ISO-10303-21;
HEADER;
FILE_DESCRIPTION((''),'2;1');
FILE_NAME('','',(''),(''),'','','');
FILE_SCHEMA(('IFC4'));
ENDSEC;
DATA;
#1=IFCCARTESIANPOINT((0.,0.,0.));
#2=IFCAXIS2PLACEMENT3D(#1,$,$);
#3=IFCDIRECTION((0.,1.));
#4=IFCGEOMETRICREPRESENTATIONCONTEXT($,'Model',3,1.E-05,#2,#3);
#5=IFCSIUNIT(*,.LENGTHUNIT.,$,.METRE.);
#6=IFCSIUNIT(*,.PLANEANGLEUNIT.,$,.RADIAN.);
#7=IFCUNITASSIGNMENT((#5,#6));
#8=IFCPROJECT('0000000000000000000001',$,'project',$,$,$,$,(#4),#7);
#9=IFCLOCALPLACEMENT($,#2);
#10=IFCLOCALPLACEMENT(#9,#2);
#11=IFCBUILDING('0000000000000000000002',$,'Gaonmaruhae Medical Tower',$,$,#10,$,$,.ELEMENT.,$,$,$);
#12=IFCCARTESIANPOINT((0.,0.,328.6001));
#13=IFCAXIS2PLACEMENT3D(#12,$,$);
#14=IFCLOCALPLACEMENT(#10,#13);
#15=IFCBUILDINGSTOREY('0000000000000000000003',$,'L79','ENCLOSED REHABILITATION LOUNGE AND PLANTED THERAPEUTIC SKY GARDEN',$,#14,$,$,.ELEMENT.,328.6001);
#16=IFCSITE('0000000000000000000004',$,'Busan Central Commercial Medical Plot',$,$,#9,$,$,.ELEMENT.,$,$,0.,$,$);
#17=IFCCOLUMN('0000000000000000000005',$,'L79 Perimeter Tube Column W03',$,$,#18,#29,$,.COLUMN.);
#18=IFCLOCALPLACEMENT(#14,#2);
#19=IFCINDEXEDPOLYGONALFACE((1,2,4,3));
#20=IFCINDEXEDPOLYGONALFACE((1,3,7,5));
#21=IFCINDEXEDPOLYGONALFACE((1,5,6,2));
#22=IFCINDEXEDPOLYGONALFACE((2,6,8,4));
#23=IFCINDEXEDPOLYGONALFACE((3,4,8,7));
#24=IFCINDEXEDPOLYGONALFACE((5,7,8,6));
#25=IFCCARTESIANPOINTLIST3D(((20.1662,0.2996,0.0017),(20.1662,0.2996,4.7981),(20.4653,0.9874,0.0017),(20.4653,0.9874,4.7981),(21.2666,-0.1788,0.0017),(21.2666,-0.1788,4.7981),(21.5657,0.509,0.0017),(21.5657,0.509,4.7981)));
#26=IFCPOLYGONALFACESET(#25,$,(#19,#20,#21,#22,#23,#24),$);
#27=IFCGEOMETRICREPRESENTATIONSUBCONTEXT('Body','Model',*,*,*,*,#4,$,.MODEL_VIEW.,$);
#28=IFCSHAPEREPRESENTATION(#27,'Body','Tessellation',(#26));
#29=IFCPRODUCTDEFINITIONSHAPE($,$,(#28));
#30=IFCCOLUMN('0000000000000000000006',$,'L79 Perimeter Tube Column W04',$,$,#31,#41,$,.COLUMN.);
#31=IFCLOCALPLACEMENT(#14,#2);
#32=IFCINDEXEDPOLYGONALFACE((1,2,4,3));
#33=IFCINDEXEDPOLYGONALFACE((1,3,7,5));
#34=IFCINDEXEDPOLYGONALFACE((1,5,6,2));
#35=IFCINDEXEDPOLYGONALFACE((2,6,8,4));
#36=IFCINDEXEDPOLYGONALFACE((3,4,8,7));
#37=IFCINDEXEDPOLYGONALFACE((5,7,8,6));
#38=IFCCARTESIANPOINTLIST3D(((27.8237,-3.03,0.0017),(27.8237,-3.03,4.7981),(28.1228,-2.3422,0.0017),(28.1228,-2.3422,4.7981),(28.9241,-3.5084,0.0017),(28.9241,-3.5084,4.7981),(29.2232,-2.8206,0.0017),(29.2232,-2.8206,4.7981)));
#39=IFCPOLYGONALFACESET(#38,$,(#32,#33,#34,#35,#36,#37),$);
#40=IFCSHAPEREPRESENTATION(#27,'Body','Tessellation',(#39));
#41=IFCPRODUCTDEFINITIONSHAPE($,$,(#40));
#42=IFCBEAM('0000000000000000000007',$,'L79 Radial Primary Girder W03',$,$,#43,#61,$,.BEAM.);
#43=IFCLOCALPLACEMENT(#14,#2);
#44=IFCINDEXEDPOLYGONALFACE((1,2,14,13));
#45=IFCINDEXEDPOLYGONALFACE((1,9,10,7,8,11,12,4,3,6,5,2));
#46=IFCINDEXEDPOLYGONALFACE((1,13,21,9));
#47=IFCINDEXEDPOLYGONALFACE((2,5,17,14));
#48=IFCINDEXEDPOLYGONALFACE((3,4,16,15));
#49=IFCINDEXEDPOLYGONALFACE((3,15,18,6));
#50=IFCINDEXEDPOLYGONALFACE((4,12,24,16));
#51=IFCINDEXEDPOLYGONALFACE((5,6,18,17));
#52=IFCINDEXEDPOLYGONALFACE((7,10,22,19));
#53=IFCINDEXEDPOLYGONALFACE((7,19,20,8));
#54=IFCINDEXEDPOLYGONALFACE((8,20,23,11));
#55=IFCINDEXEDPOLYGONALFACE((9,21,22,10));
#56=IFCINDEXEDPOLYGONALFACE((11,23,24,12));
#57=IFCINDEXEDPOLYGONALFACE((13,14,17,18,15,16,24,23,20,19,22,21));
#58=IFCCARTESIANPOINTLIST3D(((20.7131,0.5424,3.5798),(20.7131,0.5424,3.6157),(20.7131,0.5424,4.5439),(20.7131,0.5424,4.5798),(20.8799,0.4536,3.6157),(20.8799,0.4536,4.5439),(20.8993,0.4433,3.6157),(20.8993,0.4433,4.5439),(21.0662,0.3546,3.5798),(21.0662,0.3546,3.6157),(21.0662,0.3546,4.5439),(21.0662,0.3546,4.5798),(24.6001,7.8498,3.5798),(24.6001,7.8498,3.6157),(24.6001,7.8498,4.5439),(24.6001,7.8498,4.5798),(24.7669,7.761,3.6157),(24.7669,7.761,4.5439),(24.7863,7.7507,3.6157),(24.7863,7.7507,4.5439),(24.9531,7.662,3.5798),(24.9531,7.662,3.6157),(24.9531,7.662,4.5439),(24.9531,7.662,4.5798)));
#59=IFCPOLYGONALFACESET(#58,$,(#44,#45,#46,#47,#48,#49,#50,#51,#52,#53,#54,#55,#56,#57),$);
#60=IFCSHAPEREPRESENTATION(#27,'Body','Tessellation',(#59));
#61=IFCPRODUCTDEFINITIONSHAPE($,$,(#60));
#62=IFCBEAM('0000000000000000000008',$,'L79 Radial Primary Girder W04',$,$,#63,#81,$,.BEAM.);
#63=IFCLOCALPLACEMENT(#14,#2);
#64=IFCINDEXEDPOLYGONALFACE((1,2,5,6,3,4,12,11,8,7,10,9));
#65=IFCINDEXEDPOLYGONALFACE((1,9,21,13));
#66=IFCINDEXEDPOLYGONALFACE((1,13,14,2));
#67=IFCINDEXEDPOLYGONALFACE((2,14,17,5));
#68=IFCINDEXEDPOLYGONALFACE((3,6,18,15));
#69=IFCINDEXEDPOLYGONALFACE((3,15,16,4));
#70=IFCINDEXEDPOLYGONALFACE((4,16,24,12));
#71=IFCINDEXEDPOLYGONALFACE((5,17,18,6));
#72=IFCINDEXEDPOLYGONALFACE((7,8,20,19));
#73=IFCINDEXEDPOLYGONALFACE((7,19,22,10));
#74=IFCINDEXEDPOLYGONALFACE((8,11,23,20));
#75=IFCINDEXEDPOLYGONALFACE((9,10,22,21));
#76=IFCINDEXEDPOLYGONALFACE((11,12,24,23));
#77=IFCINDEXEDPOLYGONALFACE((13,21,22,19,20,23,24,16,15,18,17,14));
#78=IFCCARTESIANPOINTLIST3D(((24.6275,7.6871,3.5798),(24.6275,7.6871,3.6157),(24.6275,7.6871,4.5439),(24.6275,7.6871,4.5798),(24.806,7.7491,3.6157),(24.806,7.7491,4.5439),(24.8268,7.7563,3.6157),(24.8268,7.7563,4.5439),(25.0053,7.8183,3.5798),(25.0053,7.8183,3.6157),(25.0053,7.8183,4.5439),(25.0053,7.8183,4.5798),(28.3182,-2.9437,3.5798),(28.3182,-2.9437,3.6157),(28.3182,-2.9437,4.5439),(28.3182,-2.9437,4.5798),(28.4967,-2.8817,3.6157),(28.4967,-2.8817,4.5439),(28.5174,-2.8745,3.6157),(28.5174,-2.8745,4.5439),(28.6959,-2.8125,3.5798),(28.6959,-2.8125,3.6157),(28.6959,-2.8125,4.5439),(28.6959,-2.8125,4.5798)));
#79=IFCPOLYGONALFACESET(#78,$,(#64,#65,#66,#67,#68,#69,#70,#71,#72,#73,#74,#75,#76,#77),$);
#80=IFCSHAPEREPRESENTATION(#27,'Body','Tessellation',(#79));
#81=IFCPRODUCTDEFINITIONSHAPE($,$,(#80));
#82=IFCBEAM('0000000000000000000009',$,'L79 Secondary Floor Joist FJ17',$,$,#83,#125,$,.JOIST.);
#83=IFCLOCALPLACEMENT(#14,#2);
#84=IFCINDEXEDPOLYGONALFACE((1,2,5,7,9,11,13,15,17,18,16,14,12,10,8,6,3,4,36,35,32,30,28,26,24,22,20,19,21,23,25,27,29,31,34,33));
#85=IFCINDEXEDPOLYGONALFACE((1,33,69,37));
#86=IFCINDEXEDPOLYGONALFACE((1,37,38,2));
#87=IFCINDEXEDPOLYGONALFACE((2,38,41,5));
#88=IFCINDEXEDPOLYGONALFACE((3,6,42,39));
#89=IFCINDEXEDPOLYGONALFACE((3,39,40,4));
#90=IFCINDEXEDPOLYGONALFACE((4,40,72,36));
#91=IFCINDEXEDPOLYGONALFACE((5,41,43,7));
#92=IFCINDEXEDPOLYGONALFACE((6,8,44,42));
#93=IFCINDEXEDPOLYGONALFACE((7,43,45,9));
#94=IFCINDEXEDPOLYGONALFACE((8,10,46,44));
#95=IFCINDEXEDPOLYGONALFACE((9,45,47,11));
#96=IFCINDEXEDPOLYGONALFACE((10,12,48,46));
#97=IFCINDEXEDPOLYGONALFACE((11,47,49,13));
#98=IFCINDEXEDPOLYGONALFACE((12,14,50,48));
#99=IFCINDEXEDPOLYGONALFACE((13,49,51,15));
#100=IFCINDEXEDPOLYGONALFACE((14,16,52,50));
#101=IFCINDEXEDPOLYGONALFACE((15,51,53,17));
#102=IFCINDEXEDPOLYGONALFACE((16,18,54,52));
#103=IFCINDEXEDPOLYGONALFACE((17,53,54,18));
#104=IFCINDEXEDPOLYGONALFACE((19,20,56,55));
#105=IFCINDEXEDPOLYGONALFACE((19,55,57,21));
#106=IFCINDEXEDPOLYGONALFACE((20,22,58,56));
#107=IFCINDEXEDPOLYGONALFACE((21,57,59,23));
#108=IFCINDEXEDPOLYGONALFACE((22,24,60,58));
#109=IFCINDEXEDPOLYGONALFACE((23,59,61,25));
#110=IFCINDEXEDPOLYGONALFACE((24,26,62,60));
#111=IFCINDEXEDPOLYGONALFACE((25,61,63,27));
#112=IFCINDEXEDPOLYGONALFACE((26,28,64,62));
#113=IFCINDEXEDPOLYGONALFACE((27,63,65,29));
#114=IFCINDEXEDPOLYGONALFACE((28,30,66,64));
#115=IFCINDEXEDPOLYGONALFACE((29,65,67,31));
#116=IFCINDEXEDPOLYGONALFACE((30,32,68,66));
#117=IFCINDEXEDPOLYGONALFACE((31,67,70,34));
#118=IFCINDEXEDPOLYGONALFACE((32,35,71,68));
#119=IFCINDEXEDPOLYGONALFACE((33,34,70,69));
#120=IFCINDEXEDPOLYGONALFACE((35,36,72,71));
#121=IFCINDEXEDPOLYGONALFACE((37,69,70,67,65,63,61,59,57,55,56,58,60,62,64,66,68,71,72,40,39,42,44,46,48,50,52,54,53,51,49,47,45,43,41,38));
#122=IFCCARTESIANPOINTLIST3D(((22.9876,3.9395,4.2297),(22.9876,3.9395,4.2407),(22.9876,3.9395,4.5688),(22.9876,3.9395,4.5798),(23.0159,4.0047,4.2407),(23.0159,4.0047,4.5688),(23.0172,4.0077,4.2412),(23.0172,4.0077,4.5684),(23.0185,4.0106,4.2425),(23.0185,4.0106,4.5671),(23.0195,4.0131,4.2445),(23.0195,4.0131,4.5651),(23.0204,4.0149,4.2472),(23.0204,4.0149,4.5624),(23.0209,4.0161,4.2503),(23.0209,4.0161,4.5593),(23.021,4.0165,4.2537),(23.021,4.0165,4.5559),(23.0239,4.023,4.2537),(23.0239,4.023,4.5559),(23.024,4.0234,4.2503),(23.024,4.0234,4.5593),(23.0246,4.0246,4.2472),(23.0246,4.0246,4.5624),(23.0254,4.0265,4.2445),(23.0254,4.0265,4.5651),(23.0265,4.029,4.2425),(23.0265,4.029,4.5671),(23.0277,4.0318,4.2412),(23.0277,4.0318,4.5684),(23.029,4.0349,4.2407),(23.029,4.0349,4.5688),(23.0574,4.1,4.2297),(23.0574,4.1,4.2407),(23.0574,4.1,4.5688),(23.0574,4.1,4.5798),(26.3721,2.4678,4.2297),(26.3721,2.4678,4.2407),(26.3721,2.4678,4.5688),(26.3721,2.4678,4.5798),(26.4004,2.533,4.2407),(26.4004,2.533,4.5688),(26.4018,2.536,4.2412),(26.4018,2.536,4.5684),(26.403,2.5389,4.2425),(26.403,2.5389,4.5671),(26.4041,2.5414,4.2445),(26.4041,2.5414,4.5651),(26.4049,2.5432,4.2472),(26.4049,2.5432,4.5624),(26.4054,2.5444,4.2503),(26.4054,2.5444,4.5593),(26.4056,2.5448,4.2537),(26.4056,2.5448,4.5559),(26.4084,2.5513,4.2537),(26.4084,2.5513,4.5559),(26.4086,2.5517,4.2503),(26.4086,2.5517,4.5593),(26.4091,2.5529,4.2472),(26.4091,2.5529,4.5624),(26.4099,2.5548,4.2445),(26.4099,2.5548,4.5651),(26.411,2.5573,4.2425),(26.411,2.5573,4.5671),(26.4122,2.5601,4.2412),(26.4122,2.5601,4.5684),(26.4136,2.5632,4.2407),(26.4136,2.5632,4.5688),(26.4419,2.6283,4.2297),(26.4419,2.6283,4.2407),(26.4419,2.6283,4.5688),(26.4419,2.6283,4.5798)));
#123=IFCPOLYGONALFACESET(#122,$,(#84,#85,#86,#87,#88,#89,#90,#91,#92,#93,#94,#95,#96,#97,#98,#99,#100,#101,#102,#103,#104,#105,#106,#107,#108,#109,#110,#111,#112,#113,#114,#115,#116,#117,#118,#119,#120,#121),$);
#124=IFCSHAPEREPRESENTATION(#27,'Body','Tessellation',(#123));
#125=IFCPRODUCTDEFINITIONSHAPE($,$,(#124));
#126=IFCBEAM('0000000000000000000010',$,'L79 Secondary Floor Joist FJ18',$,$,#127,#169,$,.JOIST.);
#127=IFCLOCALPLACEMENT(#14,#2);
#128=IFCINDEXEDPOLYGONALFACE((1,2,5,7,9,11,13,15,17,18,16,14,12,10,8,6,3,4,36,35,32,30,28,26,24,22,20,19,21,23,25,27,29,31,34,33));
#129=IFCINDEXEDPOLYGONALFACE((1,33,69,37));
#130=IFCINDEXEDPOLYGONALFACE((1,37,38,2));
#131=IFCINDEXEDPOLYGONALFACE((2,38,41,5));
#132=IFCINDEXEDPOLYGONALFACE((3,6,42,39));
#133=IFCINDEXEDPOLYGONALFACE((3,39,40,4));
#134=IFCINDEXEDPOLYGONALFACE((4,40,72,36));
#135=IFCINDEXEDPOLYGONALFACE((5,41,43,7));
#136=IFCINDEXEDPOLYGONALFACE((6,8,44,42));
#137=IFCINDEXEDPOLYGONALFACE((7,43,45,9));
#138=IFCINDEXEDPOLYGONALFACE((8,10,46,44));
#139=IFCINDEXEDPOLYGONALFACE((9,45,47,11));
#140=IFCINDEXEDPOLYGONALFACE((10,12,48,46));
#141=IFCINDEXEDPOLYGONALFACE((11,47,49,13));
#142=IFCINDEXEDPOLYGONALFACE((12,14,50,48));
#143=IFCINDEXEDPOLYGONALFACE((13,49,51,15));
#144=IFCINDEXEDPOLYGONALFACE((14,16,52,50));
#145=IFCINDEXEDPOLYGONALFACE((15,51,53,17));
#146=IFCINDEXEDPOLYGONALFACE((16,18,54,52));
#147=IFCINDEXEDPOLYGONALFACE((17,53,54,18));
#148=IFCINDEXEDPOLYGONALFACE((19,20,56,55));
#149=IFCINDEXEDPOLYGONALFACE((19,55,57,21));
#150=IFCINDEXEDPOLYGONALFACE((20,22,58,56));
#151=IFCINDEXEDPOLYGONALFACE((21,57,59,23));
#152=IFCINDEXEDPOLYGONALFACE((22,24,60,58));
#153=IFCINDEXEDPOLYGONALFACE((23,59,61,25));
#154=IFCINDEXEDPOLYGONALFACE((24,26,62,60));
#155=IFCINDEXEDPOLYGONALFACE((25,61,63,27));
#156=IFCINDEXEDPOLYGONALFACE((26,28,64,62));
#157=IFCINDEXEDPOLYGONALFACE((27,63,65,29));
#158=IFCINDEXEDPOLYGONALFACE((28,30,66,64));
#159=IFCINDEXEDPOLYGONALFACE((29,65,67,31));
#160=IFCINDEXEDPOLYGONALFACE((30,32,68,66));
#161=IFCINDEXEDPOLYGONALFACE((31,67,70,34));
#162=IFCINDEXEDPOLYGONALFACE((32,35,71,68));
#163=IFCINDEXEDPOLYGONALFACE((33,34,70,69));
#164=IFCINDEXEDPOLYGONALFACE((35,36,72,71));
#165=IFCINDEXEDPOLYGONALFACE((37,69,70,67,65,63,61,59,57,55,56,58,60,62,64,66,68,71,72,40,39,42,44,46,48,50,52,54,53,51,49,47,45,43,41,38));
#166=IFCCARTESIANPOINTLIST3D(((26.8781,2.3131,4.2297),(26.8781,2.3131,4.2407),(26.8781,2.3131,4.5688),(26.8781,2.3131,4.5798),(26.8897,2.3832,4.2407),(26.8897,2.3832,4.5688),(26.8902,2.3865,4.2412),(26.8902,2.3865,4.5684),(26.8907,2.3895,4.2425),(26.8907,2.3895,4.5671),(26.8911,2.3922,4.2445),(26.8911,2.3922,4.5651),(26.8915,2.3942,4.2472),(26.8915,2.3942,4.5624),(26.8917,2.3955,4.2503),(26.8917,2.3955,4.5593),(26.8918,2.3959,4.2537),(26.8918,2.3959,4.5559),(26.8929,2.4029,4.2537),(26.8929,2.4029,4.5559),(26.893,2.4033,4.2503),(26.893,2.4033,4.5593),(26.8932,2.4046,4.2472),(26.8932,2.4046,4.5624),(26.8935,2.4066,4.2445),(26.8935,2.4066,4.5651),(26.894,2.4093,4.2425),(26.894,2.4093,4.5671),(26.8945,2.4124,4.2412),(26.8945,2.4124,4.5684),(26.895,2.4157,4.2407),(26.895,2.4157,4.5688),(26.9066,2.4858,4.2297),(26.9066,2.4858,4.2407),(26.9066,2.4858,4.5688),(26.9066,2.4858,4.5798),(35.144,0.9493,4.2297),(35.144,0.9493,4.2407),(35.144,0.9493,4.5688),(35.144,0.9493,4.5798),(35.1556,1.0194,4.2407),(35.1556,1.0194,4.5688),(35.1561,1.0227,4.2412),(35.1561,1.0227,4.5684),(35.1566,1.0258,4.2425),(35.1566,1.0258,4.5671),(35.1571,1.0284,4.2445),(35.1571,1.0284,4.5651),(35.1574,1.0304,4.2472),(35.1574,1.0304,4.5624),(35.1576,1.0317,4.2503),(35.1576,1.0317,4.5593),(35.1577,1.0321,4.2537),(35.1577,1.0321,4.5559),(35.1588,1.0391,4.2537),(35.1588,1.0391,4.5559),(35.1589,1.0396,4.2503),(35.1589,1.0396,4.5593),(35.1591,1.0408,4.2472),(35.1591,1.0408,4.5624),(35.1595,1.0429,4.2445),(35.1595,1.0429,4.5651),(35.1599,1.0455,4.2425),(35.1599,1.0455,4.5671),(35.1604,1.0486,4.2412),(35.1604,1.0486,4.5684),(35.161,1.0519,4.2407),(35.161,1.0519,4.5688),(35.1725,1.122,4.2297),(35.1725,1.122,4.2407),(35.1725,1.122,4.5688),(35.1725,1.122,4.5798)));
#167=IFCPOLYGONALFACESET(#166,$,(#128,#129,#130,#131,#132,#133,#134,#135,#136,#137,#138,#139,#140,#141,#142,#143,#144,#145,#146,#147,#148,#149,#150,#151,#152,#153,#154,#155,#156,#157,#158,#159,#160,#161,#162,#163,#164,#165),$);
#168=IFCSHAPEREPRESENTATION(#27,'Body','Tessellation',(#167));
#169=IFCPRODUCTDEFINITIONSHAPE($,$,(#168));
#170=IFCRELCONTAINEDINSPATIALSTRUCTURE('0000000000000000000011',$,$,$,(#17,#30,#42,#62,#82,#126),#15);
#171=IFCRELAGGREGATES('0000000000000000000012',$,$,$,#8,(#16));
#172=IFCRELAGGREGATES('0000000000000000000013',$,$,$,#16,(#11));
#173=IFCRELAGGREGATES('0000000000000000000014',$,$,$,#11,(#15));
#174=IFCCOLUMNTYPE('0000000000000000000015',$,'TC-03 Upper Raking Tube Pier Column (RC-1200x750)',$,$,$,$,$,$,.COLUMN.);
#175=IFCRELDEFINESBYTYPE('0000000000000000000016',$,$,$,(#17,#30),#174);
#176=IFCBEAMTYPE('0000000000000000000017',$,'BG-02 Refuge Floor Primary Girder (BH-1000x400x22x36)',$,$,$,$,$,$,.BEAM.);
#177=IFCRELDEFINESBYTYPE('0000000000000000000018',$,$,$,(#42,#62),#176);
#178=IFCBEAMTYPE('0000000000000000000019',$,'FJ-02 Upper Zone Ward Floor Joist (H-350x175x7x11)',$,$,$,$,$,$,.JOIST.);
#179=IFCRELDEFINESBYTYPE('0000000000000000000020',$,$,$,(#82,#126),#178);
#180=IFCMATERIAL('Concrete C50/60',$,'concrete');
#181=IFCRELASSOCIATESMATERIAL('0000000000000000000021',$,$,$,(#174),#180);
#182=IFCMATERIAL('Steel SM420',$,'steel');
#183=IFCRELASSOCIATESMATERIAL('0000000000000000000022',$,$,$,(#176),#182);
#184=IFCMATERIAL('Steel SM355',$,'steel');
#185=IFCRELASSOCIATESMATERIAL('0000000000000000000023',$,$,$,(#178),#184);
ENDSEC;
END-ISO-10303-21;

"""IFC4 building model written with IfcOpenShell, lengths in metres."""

from ifc_helpers import new_model, si_unit, direction, frame, origin, origin_2d, place, context, subcontext, project, spatial, rectangle, i_section, extrude, material, material_profile, profile_set, type_object, element, save


model = new_model("IFC4")

# Units and contexts
model_context = context("Model", 3, precision=1e-05, world=origin(), true_north=direction((0.0, 1.0)))
body_context = subcontext(model_context, "Body", "Model", "MODEL_VIEW")
ifc_project = project(units=[si_unit("LENGTHUNIT", "METRE"), si_unit("PLANEANGLEUNIT", "RADIAN")], contexts=[model_context])

# Site, building, storey
site_placement = place(None, origin())
site = spatial("IfcSite", under=ifc_project, at=site_placement, Name="Busan Central Commercial Medical Plot", CompositionType="ELEMENT", RefElevation=0.0)
building_placement = place(site_placement, origin())
building = spatial("IfcBuilding", under=site, at=building_placement, Name="Gaonmaruhae Medical Tower", CompositionType="ELEMENT")
storey_placement = place(building_placement, frame((0.0, 0.0, 328.6001)))
storey = spatial("IfcBuildingStorey", under=building, at=storey_placement, Name="L79", Description="ENCLOSED REHABILITATION LOUNGE AND PLANTED THERAPEUTIC SKY GARDEN", CompositionType="ELEMENT", Elevation=328.6001)

# Columns
ifc_material_1 = material(Name="Concrete C50/60", Category="concrete")
ifc_material_profile_1 = material_profile(ifc_material_1, rectangle(XDim=1.2, YDim=0.75, at=origin_2d()), Name="RC-1200x750")
ifc_profile_set_1 = profile_set([ifc_material_profile_1], Name="Concrete C50/60")
column_type = type_object("IfcColumnType", Name="TC-03 Upper Raking Tube Pier Column (RC-1200x750)", PredefinedType="COLUMN", material=ifc_profile_set_1)
for number, where, z_axis, x_axis, name in (
    (1, (20.866, 0.4043, 0.0017), (0.0, 0.0, 1.0), (-0.91706, 0.398749, 0.0), "L79 Perimeter Tube Column W03"),
    (2, (28.5234, -2.9253, 0.0017), (0.0, 0.0, 1.0), (-0.91706, 0.398749, 0.0), "L79 Perimeter Tube Column W04"),
):
    element("IfcColumn", number, at=place(storey_placement, frame(where, z_axis=z_axis, x_axis=x_axis)), inside=storey, type_object=column_type, Name=name, PredefinedType="COLUMN", context=body_context, shape_type="SweptSolid", body=[
        extrude(rectangle(XDim=1.2, YDim=0.75, at=origin_2d()), origin(), (0.0, 0.0, 1.0), 4.7964),
    ])

# Beams
ifc_material_2 = material(Name="Steel SM420", Category="steel")
ifc_material_profile_2 = material_profile(ifc_material_2, i_section(OverallWidth=0.3999, OverallDepth=1.0, WebThickness=0.022, FlangeThickness=0.0359, at=origin_2d()), Name="BH-1000x400x22x36")
ifc_profile_set_2 = profile_set([ifc_material_profile_2], Name="Steel SM420")
beam_type_1 = type_object("IfcBeamType", Name="BG-02 Refuge Floor Primary Girder (BH-1000x400x22x36)", PredefinedType="BEAM", material=ifc_profile_set_2)
beam_1_placement = place(storey_placement, frame((24.7766, 7.7559, 4.0798), z_axis=(-0.469619, -0.882869, 0.0), x_axis=(0.882869, -0.469619, 0.0)))
element("IfcBeam", 3, at=beam_1_placement, inside=storey, type_object=beam_type_1, Name="L79 Radial Primary Girder W03", PredefinedType="BEAM", context=body_context, shape_type="SweptSolid", body=[
    extrude(i_section(OverallWidth=0.3999, OverallDepth=1.0, WebThickness=0.022, FlangeThickness=0.0359, at=origin_2d()), origin(), (0.0, 0.0, 1.0), 8.2769),
])
beam_2_placement = place(storey_placement, frame((24.8164, 7.7527, 4.0798), z_axis=(0.327964, -0.94469, 0.0), x_axis=(0.94469, 0.327964, 0.0)))
element("IfcBeam", 4, at=beam_2_placement, inside=storey, type_object=beam_type_1, Name="L79 Radial Primary Girder W04", PredefinedType="BEAM", context=body_context, shape_type="SweptSolid", body=[
    extrude(i_section(OverallWidth=0.3999, OverallDepth=1.0, WebThickness=0.022, FlangeThickness=0.0359, at=origin_2d()), origin(), (0.0, 0.0, 1.0), 11.2532),
])
ifc_material_3 = material(Name="Steel SM355", Category="steel")
ifc_material_profile_3 = material_profile(ifc_material_3, i_section(OverallWidth=0.175, OverallDepth=0.3501, WebThickness=0.0071, FlangeThickness=0.011, FilletRadius=0.0129, at=origin_2d()), Name="H-350x175x7x11")
ifc_profile_set_3 = profile_set([ifc_material_profile_3], Name="Steel SM355")
beam_type_2 = type_object("IfcBeamType", Name="FJ-02 Upper Zone Ward Floor Joist (H-350x175x7x11)", PredefinedType="JOIST", material=ifc_profile_set_3)
beam_3_placement = place(storey_placement, frame((23.0225, 4.0198, 4.4048), z_axis=(0.917055, -0.39876, 0.0), x_axis=(0.39876, 0.917055, 0.0)))
element("IfcBeam", 5, at=beam_3_placement, inside=storey, type_object=beam_type_2, Name="L79 Secondary Floor Joist FJ17", PredefinedType="JOIST", context=body_context, shape_type="SweptSolid", body=[
    extrude(i_section(OverallWidth=0.175, OverallDepth=0.3501, WebThickness=0.0071, FlangeThickness=0.011, FilletRadius=0.0129, at=origin_2d()), origin(), (0.0, 0.0, 1.0), 3.6907),
])
beam_4_placement = place(storey_placement, frame((26.8923, 2.3994, 4.4048), z_axis=(0.986661, -0.162787, 0.0), x_axis=(0.162787, 0.986661, 0.0)))
element("IfcBeam", 6, at=beam_4_placement, inside=storey, type_object=beam_type_2, Name="L79 Secondary Floor Joist FJ18", PredefinedType="JOIST", context=body_context, shape_type="SweptSolid", body=[
    extrude(i_section(OverallWidth=0.175, OverallDepth=0.3501, WebThickness=0.0071, FlangeThickness=0.011, FilletRadius=0.0129, at=origin_2d()), origin(), (0.0, 0.0, 1.0), 8.3777),
])

save(model, "model.ifc")
